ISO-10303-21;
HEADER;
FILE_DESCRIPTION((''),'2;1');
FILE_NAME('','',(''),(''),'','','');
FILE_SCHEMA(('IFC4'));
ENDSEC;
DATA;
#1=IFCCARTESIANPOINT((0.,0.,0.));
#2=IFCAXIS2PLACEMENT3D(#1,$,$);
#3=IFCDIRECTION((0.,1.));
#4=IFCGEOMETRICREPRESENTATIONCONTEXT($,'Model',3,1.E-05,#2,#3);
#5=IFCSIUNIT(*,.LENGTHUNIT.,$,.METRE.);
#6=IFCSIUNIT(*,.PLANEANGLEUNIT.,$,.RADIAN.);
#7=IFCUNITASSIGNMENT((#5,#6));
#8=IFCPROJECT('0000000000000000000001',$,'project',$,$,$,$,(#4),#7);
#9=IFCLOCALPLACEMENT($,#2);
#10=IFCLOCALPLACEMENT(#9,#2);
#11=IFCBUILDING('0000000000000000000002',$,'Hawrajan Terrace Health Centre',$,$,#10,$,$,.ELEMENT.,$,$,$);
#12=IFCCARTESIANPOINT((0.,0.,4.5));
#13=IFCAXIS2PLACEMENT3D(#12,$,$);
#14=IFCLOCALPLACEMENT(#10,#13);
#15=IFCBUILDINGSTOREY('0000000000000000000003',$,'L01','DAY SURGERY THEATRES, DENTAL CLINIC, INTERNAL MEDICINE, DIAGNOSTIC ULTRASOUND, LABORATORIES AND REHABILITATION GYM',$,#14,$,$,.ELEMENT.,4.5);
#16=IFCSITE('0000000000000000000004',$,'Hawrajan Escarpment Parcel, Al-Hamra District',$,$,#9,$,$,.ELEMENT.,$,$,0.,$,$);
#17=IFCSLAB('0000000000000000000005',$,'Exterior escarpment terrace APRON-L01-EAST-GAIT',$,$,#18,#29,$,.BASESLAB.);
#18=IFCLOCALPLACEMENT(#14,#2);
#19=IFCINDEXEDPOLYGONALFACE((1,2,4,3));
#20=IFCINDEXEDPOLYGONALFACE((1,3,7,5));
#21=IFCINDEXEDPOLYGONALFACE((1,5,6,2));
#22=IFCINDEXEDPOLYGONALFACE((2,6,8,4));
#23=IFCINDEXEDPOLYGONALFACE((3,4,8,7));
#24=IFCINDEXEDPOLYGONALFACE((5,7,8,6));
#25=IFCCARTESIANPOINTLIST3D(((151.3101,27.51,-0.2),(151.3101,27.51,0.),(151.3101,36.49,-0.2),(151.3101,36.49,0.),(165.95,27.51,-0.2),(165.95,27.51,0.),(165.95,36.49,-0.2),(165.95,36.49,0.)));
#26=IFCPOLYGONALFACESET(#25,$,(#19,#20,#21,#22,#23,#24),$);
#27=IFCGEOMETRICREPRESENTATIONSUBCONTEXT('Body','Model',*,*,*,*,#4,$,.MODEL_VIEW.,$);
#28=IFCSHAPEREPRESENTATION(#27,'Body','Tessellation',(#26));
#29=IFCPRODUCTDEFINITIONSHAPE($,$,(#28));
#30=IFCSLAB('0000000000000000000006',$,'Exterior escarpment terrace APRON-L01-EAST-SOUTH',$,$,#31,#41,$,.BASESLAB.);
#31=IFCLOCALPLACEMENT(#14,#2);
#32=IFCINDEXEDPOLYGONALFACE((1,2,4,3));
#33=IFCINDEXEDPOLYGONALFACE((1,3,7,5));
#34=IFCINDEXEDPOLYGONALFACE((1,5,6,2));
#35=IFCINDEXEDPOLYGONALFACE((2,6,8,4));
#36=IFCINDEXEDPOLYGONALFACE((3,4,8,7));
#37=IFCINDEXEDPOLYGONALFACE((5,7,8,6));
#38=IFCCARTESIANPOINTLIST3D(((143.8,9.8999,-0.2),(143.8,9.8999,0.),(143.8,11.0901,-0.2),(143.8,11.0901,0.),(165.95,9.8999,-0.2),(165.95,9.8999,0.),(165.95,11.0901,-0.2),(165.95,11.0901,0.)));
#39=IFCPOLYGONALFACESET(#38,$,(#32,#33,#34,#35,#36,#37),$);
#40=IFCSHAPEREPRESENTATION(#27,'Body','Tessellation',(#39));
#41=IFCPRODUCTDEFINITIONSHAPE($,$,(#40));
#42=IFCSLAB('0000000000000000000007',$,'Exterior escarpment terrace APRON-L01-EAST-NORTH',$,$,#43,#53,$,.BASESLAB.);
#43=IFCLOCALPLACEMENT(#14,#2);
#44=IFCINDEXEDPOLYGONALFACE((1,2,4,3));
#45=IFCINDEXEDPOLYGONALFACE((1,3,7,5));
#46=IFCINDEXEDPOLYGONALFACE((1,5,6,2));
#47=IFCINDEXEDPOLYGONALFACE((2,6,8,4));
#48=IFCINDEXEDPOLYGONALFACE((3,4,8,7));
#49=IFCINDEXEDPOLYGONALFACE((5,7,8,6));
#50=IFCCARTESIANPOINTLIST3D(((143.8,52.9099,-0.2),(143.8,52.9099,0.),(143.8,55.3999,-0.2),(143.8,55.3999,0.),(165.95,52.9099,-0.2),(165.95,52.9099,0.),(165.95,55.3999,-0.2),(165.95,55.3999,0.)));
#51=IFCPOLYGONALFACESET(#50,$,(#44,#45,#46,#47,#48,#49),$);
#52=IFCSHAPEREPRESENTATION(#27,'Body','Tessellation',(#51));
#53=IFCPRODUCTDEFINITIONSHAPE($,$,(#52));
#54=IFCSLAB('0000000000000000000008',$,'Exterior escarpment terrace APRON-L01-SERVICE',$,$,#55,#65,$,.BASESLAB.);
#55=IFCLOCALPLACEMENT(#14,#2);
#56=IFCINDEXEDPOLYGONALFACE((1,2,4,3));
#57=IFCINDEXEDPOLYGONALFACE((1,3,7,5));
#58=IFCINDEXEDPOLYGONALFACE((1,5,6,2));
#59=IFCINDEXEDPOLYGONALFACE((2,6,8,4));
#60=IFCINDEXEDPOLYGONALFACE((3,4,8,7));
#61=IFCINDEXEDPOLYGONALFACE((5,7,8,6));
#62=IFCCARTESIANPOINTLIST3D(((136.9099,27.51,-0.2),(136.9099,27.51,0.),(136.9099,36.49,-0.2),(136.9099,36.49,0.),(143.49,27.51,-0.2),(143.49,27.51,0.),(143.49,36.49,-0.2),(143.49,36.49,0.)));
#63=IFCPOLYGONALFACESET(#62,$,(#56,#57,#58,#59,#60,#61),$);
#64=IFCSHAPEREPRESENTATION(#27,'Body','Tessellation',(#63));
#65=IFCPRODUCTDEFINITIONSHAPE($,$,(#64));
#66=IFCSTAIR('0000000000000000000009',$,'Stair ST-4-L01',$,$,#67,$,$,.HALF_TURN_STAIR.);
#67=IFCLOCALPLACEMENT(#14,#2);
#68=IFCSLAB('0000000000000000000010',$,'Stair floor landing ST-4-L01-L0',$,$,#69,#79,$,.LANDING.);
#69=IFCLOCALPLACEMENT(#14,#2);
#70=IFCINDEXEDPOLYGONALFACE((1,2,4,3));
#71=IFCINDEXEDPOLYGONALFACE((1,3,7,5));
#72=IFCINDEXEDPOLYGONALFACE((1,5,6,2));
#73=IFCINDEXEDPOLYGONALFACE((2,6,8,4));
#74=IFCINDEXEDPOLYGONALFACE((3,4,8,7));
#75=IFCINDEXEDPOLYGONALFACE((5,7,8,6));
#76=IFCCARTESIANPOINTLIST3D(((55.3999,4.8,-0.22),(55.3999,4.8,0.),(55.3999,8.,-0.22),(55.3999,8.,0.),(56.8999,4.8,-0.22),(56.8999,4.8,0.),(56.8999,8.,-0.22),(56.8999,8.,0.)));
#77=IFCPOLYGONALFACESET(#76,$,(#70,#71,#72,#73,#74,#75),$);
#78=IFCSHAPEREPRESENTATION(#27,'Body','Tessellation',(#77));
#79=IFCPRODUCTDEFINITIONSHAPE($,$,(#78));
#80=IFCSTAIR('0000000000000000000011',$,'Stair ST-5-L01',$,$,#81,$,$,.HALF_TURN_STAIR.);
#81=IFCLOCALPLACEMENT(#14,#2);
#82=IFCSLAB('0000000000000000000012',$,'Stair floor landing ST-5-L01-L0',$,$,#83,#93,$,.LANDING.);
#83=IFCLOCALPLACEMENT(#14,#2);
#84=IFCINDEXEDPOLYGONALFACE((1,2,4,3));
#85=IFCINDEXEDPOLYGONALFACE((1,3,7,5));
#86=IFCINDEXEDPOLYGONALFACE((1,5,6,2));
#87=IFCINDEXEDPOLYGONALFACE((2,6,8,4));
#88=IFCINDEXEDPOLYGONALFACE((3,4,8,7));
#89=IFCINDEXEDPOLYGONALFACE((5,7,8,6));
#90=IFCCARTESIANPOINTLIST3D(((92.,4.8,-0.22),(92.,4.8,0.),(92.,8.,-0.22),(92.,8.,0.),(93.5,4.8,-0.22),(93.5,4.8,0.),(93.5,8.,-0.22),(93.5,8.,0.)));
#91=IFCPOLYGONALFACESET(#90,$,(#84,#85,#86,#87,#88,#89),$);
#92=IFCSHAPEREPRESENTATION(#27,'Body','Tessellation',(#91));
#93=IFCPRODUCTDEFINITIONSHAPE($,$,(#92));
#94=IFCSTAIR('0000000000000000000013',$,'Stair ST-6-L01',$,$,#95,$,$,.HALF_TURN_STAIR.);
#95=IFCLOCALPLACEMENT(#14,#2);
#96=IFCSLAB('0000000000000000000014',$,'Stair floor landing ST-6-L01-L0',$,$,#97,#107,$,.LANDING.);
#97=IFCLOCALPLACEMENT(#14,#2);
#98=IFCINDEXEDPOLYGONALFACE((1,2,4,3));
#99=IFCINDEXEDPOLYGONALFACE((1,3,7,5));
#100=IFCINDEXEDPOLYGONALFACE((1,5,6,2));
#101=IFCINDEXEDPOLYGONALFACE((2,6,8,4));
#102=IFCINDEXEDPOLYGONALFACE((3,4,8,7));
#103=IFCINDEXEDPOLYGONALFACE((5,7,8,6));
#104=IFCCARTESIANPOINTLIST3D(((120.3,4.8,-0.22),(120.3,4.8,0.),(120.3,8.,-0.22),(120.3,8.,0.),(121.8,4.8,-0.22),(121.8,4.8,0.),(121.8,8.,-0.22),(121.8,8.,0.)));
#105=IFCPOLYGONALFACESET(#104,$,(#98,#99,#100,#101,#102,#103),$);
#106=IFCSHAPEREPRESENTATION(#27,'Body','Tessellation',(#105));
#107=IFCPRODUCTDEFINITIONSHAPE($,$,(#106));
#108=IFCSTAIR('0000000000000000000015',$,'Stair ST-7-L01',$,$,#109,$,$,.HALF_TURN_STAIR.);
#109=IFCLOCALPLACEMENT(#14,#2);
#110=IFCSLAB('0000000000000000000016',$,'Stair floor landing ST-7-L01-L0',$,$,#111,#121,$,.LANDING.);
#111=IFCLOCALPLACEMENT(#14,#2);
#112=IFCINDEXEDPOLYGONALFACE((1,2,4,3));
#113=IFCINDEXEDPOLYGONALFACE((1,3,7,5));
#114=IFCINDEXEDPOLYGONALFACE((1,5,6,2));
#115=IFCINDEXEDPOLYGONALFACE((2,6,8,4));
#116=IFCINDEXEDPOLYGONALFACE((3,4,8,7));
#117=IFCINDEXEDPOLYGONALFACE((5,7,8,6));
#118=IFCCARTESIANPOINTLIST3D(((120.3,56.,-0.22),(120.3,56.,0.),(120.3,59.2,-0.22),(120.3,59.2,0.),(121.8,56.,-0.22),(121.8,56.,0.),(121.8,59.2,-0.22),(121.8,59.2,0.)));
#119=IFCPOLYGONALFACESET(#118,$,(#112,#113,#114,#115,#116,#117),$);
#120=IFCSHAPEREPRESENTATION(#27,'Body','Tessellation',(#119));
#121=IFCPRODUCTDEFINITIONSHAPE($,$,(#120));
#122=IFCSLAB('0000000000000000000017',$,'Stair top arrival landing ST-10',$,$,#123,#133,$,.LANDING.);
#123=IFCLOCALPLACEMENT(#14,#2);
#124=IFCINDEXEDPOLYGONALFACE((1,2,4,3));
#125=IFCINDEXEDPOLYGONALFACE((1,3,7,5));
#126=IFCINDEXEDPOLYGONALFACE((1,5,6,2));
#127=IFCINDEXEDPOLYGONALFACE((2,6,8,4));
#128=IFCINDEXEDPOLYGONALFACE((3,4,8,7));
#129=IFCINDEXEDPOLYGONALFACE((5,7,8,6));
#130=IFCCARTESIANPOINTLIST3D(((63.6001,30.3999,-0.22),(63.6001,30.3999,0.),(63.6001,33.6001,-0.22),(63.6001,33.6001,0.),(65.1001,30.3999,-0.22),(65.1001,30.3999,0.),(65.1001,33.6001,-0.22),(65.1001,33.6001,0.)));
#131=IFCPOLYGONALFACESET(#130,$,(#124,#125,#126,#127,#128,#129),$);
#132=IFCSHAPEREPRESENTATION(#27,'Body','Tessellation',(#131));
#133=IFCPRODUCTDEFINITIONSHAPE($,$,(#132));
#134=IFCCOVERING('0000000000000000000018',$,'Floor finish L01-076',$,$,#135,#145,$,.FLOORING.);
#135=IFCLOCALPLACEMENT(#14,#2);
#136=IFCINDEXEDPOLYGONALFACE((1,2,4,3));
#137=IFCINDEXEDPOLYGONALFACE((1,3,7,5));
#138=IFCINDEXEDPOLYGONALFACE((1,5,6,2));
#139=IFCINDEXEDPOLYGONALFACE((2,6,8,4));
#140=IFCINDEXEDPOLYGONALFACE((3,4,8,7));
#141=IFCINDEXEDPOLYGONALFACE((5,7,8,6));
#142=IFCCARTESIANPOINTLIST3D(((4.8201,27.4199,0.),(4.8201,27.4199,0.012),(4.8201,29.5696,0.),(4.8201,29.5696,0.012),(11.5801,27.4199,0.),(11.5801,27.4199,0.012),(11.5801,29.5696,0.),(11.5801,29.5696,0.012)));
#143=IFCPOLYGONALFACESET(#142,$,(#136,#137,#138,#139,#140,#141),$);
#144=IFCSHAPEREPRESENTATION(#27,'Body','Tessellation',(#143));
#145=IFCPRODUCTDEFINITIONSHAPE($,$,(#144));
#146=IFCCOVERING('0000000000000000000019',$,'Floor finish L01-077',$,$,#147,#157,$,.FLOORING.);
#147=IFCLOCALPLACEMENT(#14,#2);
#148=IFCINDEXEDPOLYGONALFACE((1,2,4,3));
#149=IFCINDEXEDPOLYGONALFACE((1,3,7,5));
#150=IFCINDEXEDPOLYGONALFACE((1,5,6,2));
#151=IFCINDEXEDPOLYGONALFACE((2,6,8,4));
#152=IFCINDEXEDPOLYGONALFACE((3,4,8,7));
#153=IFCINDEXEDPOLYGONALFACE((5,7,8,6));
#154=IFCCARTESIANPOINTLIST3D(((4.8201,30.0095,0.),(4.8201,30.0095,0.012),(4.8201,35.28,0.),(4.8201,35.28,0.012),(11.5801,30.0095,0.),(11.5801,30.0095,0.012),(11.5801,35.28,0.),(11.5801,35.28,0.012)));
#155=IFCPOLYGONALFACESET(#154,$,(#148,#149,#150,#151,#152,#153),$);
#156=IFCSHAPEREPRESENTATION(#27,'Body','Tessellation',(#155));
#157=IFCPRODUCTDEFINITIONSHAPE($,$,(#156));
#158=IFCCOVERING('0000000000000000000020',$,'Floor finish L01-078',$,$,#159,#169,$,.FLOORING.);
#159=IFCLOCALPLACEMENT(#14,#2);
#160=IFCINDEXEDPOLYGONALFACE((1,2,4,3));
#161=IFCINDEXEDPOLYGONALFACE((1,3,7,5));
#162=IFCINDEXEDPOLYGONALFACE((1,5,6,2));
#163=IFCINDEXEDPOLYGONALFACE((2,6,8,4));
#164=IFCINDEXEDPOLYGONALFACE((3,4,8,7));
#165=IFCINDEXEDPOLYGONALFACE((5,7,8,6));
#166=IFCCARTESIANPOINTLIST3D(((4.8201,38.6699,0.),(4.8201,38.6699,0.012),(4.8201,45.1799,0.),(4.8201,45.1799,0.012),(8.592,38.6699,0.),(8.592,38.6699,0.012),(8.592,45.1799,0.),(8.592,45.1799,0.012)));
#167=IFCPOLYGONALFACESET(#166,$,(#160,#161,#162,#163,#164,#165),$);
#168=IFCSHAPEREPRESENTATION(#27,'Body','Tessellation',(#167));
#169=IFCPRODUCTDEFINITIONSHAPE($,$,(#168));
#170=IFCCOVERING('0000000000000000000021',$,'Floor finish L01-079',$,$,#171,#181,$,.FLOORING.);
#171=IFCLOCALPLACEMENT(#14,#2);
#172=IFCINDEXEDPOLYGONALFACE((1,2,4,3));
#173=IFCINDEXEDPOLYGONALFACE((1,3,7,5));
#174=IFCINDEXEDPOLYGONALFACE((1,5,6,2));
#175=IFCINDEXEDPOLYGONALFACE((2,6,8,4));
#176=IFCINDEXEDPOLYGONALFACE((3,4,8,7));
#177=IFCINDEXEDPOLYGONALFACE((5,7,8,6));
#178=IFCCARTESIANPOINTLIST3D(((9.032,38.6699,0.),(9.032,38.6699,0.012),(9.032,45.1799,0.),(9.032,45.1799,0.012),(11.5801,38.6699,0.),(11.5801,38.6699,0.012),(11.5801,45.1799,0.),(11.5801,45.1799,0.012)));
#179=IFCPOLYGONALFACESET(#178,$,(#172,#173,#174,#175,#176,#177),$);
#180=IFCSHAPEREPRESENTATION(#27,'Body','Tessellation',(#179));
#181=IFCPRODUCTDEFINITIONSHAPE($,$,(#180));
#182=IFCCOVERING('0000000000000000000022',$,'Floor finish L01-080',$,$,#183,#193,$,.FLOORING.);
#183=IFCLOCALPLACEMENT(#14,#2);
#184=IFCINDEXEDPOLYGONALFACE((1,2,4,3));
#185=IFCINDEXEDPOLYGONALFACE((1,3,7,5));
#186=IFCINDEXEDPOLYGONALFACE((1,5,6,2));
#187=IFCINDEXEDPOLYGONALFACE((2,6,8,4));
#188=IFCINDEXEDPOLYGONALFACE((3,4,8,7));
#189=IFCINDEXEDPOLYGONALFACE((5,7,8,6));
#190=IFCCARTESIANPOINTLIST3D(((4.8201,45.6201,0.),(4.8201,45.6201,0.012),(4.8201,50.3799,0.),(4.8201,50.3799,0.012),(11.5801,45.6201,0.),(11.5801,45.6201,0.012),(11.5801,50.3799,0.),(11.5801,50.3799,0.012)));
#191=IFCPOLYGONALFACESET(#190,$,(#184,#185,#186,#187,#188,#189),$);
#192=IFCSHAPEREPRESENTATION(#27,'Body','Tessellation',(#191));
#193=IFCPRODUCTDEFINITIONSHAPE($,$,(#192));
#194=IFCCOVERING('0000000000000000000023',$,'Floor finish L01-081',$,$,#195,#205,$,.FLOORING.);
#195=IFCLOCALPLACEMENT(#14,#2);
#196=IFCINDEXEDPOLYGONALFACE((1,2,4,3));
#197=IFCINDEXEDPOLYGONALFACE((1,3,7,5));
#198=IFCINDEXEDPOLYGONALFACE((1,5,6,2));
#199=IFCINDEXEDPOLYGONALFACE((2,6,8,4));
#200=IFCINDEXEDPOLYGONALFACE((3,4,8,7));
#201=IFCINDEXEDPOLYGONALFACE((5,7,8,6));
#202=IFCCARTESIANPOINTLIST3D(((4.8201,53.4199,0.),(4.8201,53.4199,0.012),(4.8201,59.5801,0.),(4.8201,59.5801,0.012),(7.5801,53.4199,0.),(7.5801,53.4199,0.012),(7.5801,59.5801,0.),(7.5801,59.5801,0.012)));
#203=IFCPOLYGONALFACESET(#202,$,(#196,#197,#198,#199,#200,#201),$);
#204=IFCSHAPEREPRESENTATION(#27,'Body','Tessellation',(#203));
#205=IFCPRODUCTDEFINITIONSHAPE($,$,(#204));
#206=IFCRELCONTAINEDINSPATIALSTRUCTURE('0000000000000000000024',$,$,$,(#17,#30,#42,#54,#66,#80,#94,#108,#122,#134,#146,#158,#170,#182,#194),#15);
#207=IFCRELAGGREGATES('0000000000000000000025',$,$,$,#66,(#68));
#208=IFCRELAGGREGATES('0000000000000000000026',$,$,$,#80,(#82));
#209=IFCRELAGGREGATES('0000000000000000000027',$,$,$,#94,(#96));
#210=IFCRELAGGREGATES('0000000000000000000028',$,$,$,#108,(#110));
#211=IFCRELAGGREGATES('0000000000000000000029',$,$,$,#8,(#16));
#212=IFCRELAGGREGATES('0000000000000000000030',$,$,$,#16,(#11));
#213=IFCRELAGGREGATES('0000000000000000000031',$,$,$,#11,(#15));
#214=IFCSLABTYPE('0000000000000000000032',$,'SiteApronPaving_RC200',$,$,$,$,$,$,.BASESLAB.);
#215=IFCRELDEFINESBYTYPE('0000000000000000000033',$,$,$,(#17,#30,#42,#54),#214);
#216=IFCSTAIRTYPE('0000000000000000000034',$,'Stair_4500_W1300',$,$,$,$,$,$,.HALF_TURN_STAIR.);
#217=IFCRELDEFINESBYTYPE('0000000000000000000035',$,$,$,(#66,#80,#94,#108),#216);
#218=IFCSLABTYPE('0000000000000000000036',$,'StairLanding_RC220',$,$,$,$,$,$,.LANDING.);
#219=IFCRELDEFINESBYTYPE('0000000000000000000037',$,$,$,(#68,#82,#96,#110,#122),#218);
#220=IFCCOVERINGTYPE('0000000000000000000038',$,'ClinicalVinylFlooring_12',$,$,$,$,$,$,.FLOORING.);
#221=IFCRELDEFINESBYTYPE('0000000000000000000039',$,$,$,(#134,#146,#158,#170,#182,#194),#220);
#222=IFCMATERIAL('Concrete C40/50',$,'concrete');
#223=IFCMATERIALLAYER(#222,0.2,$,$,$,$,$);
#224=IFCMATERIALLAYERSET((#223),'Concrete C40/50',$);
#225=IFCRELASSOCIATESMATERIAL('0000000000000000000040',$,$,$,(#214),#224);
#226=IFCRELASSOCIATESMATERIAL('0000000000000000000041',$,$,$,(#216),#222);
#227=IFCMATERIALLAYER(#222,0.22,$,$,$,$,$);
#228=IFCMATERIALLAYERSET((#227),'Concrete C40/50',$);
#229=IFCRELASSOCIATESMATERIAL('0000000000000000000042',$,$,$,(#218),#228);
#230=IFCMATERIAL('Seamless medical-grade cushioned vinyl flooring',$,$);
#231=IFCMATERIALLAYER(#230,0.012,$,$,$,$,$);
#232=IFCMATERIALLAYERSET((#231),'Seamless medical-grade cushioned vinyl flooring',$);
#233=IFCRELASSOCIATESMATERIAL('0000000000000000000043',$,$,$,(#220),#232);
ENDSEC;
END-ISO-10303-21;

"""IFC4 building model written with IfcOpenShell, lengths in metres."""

from ifc_helpers import new_model, si_unit, direction, frame, origin, place, context, subcontext, project, spatial, polyline, outline, extrude, material, layer, layer_set, type_object, element, aggregate, save


model = new_model("IFC4")

# Units and contexts
model_context = context("Model", 3, precision=1e-05, world=origin(), true_north=direction((0.0, 1.0)))
body_context = subcontext(model_context, "Body", "Model", "MODEL_VIEW")
ifc_project = project(units=[si_unit("LENGTHUNIT", "METRE"), si_unit("PLANEANGLEUNIT", "RADIAN")], contexts=[model_context])

# Site, building, storey
site_placement = place(None, origin())
site = spatial("IfcSite", under=ifc_project, at=site_placement, Name="Hawrajan Escarpment Parcel, Al-Hamra District", CompositionType="ELEMENT", RefElevation=0.0)
building_placement = place(site_placement, origin())
building = spatial("IfcBuilding", under=site, at=building_placement, Name="Hawrajan Terrace Health Centre", CompositionType="ELEMENT")
storey_placement = place(building_placement, frame((0.0, 0.0, 4.5)))
storey = spatial("IfcBuildingStorey", under=building, at=storey_placement, Name="L01", Description="DAY SURGERY THEATRES, DENTAL CLINIC, INTERNAL MEDICINE, DIAGNOSTIC ULTRASOUND, LABORATORIES AND REHABILITATION GYM", CompositionType="ELEMENT", Elevation=4.5)

# Slabs
ifc_material_1 = material(Name="Concrete C40/50", Category="concrete")
ifc_layer_1 = layer(ifc_material_1, 0.2)
ifc_layer_set_1 = layer_set([ifc_layer_1], Name="Concrete C40/50")
slab_type_1 = type_object("IfcSlabType", Name="SiteApronPaving_RC200", PredefinedType="BASESLAB", material=ifc_layer_set_1)
slab_1_placement = place(storey_placement, frame((0.0, 0.0, -0.2)))
element("IfcSlab", 1, at=slab_1_placement, inside=storey, type_object=slab_type_1, Name="Exterior escarpment terrace APRON-L01-EAST-GAIT", PredefinedType="BASESLAB", context=body_context, shape_type="SweptSolid", body=[
    extrude(outline(polyline([(151.3101, 27.51), (165.95, 27.51), (165.95, 36.49), (151.3101, 36.49), (151.3101, 27.51)])), origin(), (0.0, 0.0, 1.0), 0.2),
])
slab_2_placement = place(storey_placement, frame((0.0, 0.0, -0.2)))
element("IfcSlab", 2, at=slab_2_placement, inside=storey, type_object=slab_type_1, Name="Exterior escarpment terrace APRON-L01-EAST-SOUTH", PredefinedType="BASESLAB", context=body_context, shape_type="SweptSolid", body=[
    extrude(outline(polyline([(143.8, 9.8999), (165.95, 9.8999), (165.95, 11.0901), (143.8, 11.0901), (143.8, 9.8999)])), origin(), (0.0, 0.0, 1.0), 0.2),
])
slab_3_placement = place(storey_placement, frame((0.0, 0.0, -0.2)))
element("IfcSlab", 3, at=slab_3_placement, inside=storey, type_object=slab_type_1, Name="Exterior escarpment terrace APRON-L01-EAST-NORTH", PredefinedType="BASESLAB", context=body_context, shape_type="SweptSolid", body=[
    extrude(outline(polyline([(143.8, 52.9099), (165.95, 52.9099), (165.95, 55.3999), (143.8, 55.3999), (143.8, 52.9099)])), origin(), (0.0, 0.0, 1.0), 0.2),
])
slab_4_placement = place(storey_placement, frame((0.0, 0.0, -0.2)))
element("IfcSlab", 4, at=slab_4_placement, inside=storey, type_object=slab_type_1, Name="Exterior escarpment terrace APRON-L01-SERVICE", PredefinedType="BASESLAB", context=body_context, shape_type="SweptSolid", body=[
    extrude(outline(polyline([(136.9099, 27.51), (143.49, 27.51), (143.49, 36.49), (136.9099, 36.49), (136.9099, 27.51)])), origin(), (0.0, 0.0, 1.0), 0.2),
])

# Stairs, slabs
stair_type = type_object("IfcStairType", Name="Stair_4500_W1300", PredefinedType="HALF_TURN_STAIR", material=ifc_material_1)
stair_1_placement = place(storey_placement, origin())
stair_1 = element("IfcStair", 5, at=stair_1_placement, inside=storey, type_object=stair_type, Name="Stair ST-4-L01", PredefinedType="HALF_TURN_STAIR")
ifc_layer_2 = layer(ifc_material_1, 0.22)
ifc_layer_set_2 = layer_set([ifc_layer_2], Name="Concrete C40/50")
slab_type_2 = type_object("IfcSlabType", Name="StairLanding_RC220", PredefinedType="LANDING", material=ifc_layer_set_2)
slab_5_placement = place(storey_placement, frame((0.0, 0.0, -0.22)))
slab_5 = element("IfcSlab", 6, at=slab_5_placement, type_object=slab_type_2, Name="Stair floor landing ST-4-L01-L0", PredefinedType="LANDING", context=body_context, shape_type="SweptSolid", body=[
    extrude(outline(polyline([(55.3999, 4.8), (56.8999, 4.8), (56.8999, 8.0), (55.3999, 8.0), (55.3999, 4.8)])), origin(), (0.0, 0.0, 1.0), 0.22),
])
aggregate(stair_1, [slab_5])
stair_2_placement = place(storey_placement, origin())
stair_2 = element("IfcStair", 7, at=stair_2_placement, inside=storey, type_object=stair_type, Name="Stair ST-5-L01", PredefinedType="HALF_TURN_STAIR")
slab_6_placement = place(storey_placement, frame((0.0, 0.0, -0.22)))
slab_6 = element("IfcSlab", 8, at=slab_6_placement, type_object=slab_type_2, Name="Stair floor landing ST-5-L01-L0", PredefinedType="LANDING", context=body_context, shape_type="SweptSolid", body=[
    extrude(outline(polyline([(92.0, 4.8), (93.5, 4.8), (93.5, 8.0), (92.0, 8.0), (92.0, 4.8)])), origin(), (0.0, 0.0, 1.0), 0.22),
])
aggregate(stair_2, [slab_6])
stair_3_placement = place(storey_placement, origin())
stair_3 = element("IfcStair", 9, at=stair_3_placement, inside=storey, type_object=stair_type, Name="Stair ST-6-L01", PredefinedType="HALF_TURN_STAIR")
slab_7_placement = place(storey_placement, frame((0.0, 0.0, -0.22)))
slab_7 = element("IfcSlab", 10, at=slab_7_placement, type_object=slab_type_2, Name="Stair floor landing ST-6-L01-L0", PredefinedType="LANDING", context=body_context, shape_type="SweptSolid", body=[
    extrude(outline(polyline([(120.3, 4.8), (121.8, 4.8), (121.8, 8.0), (120.3, 8.0), (120.3, 4.8)])), origin(), (0.0, 0.0, 1.0), 0.22),
])
aggregate(stair_3, [slab_7])
stair_4_placement = place(storey_placement, origin())
stair_4 = element("IfcStair", 11, at=stair_4_placement, inside=storey, type_object=stair_type, Name="Stair ST-7-L01", PredefinedType="HALF_TURN_STAIR")
slab_8_placement = place(storey_placement, frame((0.0, 0.0, -0.22)))
slab_8 = element("IfcSlab", 12, at=slab_8_placement, type_object=slab_type_2, Name="Stair floor landing ST-7-L01-L0", PredefinedType="LANDING", context=body_context, shape_type="SweptSolid", body=[
    extrude(outline(polyline([(120.3, 56.0), (121.8, 56.0), (121.8, 59.2), (120.3, 59.2), (120.3, 56.0)])), origin(), (0.0, 0.0, 1.0), 0.22),
])
aggregate(stair_4, [slab_8])

# Slab
slab_9_placement = place(storey_placement, frame((0.0, 0.0, -0.22)))
element("IfcSlab", 13, at=slab_9_placement, inside=storey, type_object=slab_type_2, Name="Stair top arrival landing ST-10", PredefinedType="LANDING", context=body_context, shape_type="SweptSolid", body=[
    extrude(outline(polyline([(63.6001, 30.3999), (65.1001, 30.3999), (65.1001, 33.6001), (63.6001, 33.6001), (63.6001, 30.3999)])), origin(), (0.0, 0.0, 1.0), 0.22),
])

# Coverings
ifc_material_2 = material(Name="Seamless medical-grade cushioned vinyl flooring")
ifc_layer_3 = layer(ifc_material_2, 0.012)
ifc_layer_set_3 = layer_set([ifc_layer_3], Name="Seamless medical-grade cushioned vinyl flooring")
covering_type_1 = type_object("IfcCoveringType", Name="ClinicalVinylFlooring_12", PredefinedType="FLOORING", material=ifc_layer_set_3)
covering_1_placement = place(storey_placement, origin())
element("IfcCovering", 14, at=covering_1_placement, inside=storey, type_object=covering_type_1, Name="Floor finish L01-076", PredefinedType="FLOORING", context=body_context, shape_type="SweptSolid", body=[
    extrude(outline(polyline([(4.8201, 29.5696), (11.5801, 29.5696), (11.5801, 27.4199), (4.8201, 27.4199), (4.8201, 29.5696)])), origin(), (0.0, 0.0, 1.0), 0.012),
])
covering_2_placement = place(storey_placement, origin())
element("IfcCovering", 15, at=covering_2_placement, inside=storey, type_object=covering_type_1, Name="Floor finish L01-077", PredefinedType="FLOORING", context=body_context, shape_type="SweptSolid", body=[
    extrude(outline(polyline([(4.8201, 35.28), (11.5801, 35.28), (11.5801, 30.0095), (4.8201, 30.0095), (4.8201, 35.28)])), origin(), (0.0, 0.0, 1.0), 0.012),
])
covering_3_placement = place(storey_placement, origin())
element("IfcCovering", 16, at=covering_3_placement, inside=storey, type_object=covering_type_1, Name="Floor finish L01-078", PredefinedType="FLOORING", context=body_context, shape_type="SweptSolid", body=[
    extrude(outline(polyline([(4.8201, 45.1799), (8.592, 45.1799), (8.592, 38.6699), (4.8201, 38.6699), (4.8201, 45.1799)])), origin(), (0.0, 0.0, 1.0), 0.012),
])
covering_4_placement = place(storey_placement, origin())
element("IfcCovering", 17, at=covering_4_placement, inside=storey, type_object=covering_type_1, Name="Floor finish L01-079", PredefinedType="FLOORING", context=body_context, shape_type="SweptSolid", body=[
    extrude(outline(polyline([(9.032, 45.1799), (11.5801, 45.1799), (11.5801, 38.6699), (9.032, 38.6699), (9.032, 45.1799)])), origin(), (0.0, 0.0, 1.0), 0.012),
])
covering_5_placement = place(storey_placement, origin())
element("IfcCovering", 18, at=covering_5_placement, inside=storey, type_object=covering_type_1, Name="Floor finish L01-080", PredefinedType="FLOORING", context=body_context, shape_type="SweptSolid", body=[
    extrude(outline(polyline([(4.8201, 50.3799), (11.5801, 50.3799), (11.5801, 45.6201), (4.8201, 45.6201), (4.8201, 50.3799)])), origin(), (0.0, 0.0, 1.0), 0.012),
])
covering_6_placement = place(storey_placement, origin())
element("IfcCovering", 19, at=covering_6_placement, inside=storey, type_object=covering_type_1, Name="Floor finish L01-081", PredefinedType="FLOORING", context=body_context, shape_type="SweptSolid", body=[
    extrude(outline(polyline([(4.8201, 59.5801), (7.5801, 59.5801), (7.5801, 53.4199), (4.8201, 53.4199), (4.8201, 59.5801)])), origin(), (0.0, 0.0, 1.0), 0.012),
])

save(model, "model.ifc")
